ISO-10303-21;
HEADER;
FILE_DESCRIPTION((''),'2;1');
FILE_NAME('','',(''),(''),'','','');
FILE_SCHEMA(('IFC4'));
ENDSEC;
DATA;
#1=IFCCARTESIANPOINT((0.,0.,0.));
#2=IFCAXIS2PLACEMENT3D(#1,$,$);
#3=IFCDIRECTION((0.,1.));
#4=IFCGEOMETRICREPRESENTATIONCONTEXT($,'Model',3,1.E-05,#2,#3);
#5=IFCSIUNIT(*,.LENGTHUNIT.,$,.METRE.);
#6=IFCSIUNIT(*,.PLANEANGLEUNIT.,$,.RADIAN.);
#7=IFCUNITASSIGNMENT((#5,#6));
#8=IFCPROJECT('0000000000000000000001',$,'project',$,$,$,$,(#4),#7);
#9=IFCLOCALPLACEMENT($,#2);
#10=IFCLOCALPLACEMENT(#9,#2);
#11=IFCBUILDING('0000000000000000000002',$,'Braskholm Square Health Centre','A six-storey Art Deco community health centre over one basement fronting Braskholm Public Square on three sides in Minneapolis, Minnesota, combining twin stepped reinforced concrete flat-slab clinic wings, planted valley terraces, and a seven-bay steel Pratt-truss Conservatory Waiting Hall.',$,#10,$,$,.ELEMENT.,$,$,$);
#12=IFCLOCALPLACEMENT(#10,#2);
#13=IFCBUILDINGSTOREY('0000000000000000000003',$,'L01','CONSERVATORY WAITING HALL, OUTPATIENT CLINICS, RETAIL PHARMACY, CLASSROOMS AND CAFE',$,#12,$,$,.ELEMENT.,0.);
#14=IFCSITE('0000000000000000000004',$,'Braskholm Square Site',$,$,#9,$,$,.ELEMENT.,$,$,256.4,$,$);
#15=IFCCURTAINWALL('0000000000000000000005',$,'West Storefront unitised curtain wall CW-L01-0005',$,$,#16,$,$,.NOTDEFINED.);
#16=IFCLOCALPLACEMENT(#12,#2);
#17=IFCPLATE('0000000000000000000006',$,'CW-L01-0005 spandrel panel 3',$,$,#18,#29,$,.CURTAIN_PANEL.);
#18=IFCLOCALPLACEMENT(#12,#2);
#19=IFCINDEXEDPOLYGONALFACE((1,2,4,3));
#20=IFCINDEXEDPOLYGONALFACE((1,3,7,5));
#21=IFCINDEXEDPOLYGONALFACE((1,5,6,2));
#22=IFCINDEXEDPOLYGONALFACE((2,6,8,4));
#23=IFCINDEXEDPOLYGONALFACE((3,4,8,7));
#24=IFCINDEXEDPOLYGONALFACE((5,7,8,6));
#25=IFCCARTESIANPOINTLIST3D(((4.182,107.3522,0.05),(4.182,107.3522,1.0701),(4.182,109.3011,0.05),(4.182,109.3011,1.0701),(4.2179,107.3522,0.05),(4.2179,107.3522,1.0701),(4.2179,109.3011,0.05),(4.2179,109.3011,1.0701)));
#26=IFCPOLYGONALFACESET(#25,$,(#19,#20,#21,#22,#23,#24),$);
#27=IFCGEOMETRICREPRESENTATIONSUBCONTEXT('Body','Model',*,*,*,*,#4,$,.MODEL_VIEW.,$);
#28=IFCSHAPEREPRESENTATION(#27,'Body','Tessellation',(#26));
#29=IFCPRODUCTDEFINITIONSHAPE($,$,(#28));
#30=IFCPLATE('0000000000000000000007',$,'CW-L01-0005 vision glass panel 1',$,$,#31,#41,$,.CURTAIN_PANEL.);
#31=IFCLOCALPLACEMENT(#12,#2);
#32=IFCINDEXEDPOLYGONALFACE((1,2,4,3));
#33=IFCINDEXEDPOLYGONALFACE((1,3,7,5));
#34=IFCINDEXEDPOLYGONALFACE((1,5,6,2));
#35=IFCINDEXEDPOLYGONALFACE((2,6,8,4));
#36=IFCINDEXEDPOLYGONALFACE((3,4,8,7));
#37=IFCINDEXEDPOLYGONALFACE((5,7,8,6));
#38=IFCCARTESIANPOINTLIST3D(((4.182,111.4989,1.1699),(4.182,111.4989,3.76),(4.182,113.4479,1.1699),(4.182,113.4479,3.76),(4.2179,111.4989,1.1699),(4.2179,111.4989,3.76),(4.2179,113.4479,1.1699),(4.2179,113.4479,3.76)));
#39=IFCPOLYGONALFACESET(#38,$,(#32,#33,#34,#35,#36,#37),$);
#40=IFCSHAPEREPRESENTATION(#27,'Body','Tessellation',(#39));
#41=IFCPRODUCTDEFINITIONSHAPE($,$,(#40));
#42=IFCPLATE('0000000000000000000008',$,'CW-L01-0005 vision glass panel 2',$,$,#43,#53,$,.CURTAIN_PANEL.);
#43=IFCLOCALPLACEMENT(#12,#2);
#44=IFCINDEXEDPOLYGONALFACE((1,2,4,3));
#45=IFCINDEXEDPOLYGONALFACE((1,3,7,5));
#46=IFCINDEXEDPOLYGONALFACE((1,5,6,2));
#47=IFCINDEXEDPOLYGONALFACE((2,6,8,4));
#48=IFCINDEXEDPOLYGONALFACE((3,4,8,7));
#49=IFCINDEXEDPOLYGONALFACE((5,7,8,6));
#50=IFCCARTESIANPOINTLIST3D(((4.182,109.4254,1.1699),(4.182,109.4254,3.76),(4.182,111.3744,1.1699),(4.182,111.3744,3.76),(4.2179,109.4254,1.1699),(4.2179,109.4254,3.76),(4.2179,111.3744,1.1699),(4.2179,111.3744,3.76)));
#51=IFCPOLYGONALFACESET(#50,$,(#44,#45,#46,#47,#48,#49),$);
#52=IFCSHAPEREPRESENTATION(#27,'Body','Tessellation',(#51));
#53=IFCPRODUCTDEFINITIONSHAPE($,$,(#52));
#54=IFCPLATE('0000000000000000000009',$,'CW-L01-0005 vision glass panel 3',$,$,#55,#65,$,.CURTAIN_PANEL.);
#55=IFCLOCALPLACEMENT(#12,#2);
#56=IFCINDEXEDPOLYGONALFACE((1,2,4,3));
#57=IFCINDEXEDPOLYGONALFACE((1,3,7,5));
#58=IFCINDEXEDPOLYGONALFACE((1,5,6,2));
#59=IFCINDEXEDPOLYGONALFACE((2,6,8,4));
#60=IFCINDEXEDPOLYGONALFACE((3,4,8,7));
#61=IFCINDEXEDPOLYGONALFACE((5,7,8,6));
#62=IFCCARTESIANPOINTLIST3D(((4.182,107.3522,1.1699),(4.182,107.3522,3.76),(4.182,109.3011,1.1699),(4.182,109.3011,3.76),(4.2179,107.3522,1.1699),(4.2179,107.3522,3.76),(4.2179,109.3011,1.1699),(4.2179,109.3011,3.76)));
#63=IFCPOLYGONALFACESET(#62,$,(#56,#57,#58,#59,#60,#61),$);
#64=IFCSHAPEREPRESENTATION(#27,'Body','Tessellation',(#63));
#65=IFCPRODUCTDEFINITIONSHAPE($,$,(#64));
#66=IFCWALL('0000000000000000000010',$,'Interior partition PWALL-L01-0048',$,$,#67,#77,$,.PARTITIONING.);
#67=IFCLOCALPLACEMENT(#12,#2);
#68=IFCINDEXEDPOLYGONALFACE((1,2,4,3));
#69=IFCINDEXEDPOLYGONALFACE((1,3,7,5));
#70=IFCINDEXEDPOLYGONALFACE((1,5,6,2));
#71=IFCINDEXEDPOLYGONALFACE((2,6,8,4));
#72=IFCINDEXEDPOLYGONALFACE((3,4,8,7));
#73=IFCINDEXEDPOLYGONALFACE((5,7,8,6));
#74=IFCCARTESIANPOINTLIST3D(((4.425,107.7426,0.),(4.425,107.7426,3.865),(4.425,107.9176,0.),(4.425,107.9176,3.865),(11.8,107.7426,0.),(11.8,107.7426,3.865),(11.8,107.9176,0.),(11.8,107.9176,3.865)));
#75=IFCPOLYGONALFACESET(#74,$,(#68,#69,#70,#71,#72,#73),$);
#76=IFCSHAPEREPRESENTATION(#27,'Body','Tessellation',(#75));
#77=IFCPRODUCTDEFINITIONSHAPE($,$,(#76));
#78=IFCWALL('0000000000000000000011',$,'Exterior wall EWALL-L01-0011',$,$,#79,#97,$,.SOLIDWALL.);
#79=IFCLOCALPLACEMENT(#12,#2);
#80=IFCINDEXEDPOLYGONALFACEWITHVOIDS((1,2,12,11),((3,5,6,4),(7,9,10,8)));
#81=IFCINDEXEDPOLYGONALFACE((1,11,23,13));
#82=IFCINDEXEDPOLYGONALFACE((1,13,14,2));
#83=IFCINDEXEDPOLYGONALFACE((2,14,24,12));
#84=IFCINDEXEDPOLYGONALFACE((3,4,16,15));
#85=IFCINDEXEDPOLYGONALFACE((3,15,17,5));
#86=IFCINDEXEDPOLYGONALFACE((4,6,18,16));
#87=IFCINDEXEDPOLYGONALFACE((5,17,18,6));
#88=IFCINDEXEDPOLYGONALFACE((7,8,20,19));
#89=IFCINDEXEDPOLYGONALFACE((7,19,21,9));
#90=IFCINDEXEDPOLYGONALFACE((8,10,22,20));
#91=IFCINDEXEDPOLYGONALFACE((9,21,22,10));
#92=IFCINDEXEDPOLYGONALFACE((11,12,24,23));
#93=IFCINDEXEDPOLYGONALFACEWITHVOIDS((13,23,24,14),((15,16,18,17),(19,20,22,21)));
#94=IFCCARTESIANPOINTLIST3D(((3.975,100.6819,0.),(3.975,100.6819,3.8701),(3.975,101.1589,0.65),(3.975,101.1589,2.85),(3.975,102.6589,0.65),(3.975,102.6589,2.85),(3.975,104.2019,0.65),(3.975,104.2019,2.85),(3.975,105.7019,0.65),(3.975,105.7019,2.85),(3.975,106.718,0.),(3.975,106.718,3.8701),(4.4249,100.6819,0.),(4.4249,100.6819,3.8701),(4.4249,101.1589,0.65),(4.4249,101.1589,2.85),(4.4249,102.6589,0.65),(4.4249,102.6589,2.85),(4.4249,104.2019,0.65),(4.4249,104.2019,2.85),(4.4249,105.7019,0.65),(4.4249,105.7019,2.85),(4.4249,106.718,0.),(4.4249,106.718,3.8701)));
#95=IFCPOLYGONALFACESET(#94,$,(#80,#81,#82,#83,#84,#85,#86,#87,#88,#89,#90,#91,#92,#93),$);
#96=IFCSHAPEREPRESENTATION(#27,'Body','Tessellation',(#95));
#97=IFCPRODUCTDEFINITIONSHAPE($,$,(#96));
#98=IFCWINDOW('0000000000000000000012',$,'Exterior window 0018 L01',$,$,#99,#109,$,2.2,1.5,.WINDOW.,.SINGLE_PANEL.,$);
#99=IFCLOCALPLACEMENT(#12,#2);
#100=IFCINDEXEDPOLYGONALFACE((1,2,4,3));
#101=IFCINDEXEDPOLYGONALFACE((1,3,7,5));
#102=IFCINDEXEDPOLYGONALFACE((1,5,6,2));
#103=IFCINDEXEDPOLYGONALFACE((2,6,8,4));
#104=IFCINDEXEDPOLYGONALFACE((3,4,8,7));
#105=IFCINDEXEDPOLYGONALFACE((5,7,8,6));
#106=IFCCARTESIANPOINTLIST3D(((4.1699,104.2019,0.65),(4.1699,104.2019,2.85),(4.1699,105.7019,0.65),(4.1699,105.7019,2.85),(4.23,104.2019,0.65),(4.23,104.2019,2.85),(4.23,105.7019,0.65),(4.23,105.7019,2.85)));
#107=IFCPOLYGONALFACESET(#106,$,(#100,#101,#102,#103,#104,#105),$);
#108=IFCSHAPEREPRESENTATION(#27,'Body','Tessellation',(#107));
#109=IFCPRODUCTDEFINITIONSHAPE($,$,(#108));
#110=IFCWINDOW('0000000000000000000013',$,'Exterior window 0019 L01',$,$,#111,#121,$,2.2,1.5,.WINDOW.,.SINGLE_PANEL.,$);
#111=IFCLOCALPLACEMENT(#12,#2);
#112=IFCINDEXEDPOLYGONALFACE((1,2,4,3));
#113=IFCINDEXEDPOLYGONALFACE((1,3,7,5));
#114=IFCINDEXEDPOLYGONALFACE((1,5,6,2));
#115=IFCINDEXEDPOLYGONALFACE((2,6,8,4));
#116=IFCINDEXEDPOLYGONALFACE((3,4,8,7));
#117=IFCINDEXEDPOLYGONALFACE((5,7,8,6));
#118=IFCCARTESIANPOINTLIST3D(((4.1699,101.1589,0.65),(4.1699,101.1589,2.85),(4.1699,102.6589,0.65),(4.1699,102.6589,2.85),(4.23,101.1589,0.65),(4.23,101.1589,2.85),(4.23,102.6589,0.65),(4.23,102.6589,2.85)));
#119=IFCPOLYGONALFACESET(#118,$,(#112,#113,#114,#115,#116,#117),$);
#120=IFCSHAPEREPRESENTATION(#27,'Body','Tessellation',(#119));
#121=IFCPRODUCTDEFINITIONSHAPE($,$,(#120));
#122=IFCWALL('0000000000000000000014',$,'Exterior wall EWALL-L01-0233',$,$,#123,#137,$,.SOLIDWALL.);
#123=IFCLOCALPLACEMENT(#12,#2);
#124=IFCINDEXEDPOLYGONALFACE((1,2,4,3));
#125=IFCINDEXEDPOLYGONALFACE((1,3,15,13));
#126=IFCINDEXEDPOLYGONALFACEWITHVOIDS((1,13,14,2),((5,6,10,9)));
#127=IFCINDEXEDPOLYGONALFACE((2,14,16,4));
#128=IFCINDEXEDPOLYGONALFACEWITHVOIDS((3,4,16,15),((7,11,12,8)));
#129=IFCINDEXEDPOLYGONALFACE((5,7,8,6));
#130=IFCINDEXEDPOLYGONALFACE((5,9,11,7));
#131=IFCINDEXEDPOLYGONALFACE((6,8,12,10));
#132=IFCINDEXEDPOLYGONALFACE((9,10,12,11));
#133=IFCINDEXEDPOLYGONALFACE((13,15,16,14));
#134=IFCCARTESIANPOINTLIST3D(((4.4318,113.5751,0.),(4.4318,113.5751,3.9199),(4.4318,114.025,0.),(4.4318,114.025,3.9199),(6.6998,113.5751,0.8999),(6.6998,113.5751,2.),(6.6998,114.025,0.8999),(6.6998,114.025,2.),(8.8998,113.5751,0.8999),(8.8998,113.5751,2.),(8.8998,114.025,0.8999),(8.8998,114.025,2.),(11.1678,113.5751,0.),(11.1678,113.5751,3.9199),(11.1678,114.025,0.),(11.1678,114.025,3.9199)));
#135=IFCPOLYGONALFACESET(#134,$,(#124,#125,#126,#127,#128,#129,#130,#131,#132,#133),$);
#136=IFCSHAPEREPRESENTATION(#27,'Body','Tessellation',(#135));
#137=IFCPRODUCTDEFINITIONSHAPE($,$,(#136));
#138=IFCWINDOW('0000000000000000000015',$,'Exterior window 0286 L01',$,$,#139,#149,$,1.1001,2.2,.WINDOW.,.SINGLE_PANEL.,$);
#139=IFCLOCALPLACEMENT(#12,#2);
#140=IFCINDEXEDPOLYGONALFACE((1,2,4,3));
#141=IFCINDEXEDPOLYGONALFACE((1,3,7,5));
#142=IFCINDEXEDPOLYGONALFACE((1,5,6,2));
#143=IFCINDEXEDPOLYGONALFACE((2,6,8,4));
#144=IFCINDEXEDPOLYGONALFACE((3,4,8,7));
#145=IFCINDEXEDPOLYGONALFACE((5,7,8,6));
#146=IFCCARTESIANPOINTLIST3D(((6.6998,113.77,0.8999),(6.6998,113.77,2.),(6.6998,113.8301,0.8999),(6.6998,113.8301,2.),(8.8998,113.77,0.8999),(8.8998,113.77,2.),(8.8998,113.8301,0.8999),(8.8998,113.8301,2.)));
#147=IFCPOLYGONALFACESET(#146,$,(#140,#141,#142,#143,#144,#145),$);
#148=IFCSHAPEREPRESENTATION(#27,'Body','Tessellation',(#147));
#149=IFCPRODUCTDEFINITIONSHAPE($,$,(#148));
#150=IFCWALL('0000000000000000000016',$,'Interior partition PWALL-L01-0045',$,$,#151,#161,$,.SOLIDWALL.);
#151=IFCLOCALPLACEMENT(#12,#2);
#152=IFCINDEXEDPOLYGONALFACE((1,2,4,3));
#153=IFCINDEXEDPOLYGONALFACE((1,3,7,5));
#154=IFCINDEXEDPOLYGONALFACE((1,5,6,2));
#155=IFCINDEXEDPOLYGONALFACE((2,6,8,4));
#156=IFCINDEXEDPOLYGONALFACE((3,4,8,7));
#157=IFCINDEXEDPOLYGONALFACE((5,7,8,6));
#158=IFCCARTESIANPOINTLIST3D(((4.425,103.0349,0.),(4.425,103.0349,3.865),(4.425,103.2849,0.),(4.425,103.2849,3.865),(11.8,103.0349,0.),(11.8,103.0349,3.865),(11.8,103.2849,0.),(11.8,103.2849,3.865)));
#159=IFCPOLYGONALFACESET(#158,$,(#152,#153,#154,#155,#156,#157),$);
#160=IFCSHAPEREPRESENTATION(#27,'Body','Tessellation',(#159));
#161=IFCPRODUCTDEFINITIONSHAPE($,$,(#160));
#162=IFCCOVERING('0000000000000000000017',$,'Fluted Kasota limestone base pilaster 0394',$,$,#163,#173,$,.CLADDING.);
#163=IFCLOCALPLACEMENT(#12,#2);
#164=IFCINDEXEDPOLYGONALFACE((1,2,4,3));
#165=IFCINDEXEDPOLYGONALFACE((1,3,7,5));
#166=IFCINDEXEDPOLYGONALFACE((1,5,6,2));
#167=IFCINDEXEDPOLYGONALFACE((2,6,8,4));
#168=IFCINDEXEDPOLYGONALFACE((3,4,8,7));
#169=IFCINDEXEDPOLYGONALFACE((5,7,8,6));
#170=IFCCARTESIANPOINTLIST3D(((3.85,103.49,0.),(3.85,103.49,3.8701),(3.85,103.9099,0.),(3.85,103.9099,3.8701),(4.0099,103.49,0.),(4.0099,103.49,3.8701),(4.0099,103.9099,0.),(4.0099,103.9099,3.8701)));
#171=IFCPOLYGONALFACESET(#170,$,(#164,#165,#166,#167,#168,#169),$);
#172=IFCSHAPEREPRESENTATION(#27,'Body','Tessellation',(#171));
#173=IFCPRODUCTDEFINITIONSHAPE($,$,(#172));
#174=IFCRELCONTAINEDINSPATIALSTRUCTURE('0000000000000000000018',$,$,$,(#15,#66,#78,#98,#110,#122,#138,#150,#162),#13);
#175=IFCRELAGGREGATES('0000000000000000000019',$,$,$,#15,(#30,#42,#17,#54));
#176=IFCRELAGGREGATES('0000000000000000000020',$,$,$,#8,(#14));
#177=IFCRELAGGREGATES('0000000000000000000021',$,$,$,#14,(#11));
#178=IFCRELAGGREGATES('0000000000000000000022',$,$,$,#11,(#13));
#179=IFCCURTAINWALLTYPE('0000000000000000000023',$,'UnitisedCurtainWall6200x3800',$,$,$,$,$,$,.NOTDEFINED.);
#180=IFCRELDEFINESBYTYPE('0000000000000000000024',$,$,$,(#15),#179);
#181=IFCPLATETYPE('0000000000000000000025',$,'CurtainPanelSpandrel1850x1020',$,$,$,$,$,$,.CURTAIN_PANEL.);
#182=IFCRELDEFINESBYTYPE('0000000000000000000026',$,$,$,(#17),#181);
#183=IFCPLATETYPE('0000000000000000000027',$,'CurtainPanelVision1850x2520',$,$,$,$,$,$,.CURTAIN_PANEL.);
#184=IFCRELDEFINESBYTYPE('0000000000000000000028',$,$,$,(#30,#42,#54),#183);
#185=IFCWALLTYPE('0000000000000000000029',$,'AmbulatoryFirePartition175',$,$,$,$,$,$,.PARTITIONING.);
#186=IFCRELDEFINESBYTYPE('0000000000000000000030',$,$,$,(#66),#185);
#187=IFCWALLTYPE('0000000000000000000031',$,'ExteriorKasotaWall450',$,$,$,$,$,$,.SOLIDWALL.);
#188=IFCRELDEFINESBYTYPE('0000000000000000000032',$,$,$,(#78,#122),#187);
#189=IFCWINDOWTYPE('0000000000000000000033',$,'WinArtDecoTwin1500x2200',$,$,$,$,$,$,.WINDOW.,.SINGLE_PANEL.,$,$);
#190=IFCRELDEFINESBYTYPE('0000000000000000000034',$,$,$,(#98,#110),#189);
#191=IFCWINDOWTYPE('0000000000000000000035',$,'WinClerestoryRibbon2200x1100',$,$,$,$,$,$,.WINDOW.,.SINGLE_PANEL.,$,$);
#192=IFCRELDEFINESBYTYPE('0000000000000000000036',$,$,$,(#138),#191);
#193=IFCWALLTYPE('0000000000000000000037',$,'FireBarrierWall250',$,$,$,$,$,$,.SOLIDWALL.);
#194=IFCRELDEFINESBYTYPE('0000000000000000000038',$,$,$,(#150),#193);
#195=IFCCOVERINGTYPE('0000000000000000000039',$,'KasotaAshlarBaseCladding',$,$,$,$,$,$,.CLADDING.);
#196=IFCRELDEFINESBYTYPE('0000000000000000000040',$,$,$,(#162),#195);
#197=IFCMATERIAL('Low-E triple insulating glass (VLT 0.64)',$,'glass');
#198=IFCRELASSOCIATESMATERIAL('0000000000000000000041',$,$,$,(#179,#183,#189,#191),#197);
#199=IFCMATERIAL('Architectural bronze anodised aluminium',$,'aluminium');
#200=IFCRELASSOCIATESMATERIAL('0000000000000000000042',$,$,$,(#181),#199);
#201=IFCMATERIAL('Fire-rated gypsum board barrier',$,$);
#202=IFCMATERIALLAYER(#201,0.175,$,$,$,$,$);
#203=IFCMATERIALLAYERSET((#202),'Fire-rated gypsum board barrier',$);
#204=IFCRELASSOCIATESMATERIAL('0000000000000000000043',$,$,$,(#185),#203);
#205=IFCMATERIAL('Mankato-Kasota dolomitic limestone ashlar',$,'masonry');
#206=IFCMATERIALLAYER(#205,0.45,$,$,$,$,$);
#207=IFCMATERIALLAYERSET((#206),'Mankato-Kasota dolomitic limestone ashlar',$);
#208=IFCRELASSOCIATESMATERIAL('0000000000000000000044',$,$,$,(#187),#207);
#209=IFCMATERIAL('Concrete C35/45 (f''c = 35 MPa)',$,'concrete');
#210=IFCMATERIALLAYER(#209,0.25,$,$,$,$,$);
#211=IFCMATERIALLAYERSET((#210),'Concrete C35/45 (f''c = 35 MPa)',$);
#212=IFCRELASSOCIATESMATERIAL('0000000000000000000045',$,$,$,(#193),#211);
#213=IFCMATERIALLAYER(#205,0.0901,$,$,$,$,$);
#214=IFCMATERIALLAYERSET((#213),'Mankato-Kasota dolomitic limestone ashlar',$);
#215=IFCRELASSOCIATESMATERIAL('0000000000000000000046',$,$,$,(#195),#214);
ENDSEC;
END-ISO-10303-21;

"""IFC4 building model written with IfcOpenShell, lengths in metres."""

from ifc_helpers import new_model, si_unit, direction, frame, frame_2d, origin, origin_with_axes, origin_2d, place, context, subcontext, project, spatial, rectangle, extrude, material, layer, layer_set, type_object, element, fill, aggregate, save


model = new_model("IFC4")

# Units and contexts
model_context = context("Model", 3, precision=1e-05, world=origin(), true_north=direction((0.0, 1.0)))
body_context = subcontext(model_context, "Body", "Model", "MODEL_VIEW")
ifc_project = project(units=[si_unit("LENGTHUNIT", "METRE"), si_unit("PLANEANGLEUNIT", "RADIAN")], contexts=[model_context])

# Site, building, storey
site_placement = place(None, origin())
site = spatial("IfcSite", under=ifc_project, at=site_placement, Name="Braskholm Square Site", CompositionType="ELEMENT", RefElevation=256.4)
building_placement = place(site_placement, origin())
building = spatial("IfcBuilding", under=site, at=building_placement, Name="Braskholm Square Health Centre", Description="A six-storey Art Deco community health centre over one basement fronting Braskholm Public Square on three sides in Minneapolis, Minnesota, combining twin stepped reinforced concrete flat-slab clinic wings, planted valley terraces, and a seven-bay steel Pratt-truss Conservatory Waiting Hall.", CompositionType="ELEMENT")
storey_placement = place(building_placement, origin())
storey = spatial("IfcBuildingStorey", under=building, at=storey_placement, Name="L01", Description="CONSERVATORY WAITING HALL, OUTPATIENT CLINICS, RETAIL PHARMACY, CLASSROOMS AND CAFE", CompositionType="ELEMENT", Elevation=0.0)

# Curtain wall
ifc_material_1 = material(Name="Low-E triple insulating glass (VLT 0.64)", Category="glass")
curtain_wall_type = type_object("IfcCurtainWallType", Name="UnitisedCurtainWall6200x3800", PredefinedType="NOTDEFINED", material=ifc_material_1)
curtain_wall_placement = place(storey_placement, origin())
curtain_wall = element("IfcCurtainWall", 1, at=curtain_wall_placement, inside=storey, type_object=curtain_wall_type, Name="West Storefront unitised curtain wall CW-L01-0005", PredefinedType="NOTDEFINED")
ifc_material_2 = material(Name="Architectural bronze anodised aluminium", Category="aluminium")

# Plates
plate_type_1 = type_object("IfcPlateType", Name="CurtainPanelSpandrel1850x1020", PredefinedType="CURTAIN_PANEL", material=ifc_material_2)
plate_1_placement = place(storey_placement, frame((4.2, 108.3267, 0.05), z_axis=(0.0, 0.0, 1.0), x_axis=(0.0, -1.0, 0.0)))
plate_1 = element("IfcPlate", 2, at=plate_1_placement, type_object=plate_type_1, Name="CW-L01-0005 spandrel panel 3", PredefinedType="CURTAIN_PANEL", context=body_context, shape_type="SweptSolid", body=[
    extrude(rectangle(XDim=1.949, YDim=0.0359, at=origin_2d()), origin(), (0.0, 0.0, 1.0), 1.02),
])
plate_type_2 = type_object("IfcPlateType", Name="CurtainPanelVision1850x2520", PredefinedType="CURTAIN_PANEL", material=ifc_material_1)
plate_2_placement = place(storey_placement, frame((4.2, 112.4734, 1.1699), z_axis=(0.0, 0.0, 1.0), x_axis=(0.0, -1.0, 0.0)))
plate_2 = element("IfcPlate", 3, at=plate_2_placement, type_object=plate_type_2, Name="CW-L01-0005 vision glass panel 1", PredefinedType="CURTAIN_PANEL", context=body_context, shape_type="SweptSolid", body=[
    extrude(rectangle(XDim=1.949, YDim=0.0359, at=origin_2d()), origin(), (0.0, 0.0, 1.0), 2.5901),
])
plate_3_placement = place(storey_placement, frame((4.2, 110.3999, 1.1699), z_axis=(0.0, 0.0, 1.0), x_axis=(0.0, -1.0, 0.0)))
plate_3 = element("IfcPlate", 4, at=plate_3_placement, type_object=plate_type_2, Name="CW-L01-0005 vision glass panel 2", PredefinedType="CURTAIN_PANEL", context=body_context, shape_type="SweptSolid", body=[
    extrude(rectangle(XDim=1.949, YDim=0.0359, at=origin_2d()), origin(), (0.0, 0.0, 1.0), 2.5901),
])
plate_4_placement = place(storey_placement, frame((4.2, 108.3267, 1.1699), z_axis=(0.0, 0.0, 1.0), x_axis=(0.0, -1.0, 0.0)))
plate_4 = element("IfcPlate", 5, at=plate_4_placement, type_object=plate_type_2, Name="CW-L01-0005 vision glass panel 3", PredefinedType="CURTAIN_PANEL", context=body_context, shape_type="SweptSolid", body=[
    extrude(rectangle(XDim=1.949, YDim=0.0359, at=origin_2d()), origin(), (0.0, 0.0, 1.0), 2.5901),
])
aggregate(curtain_wall, [plate_2, plate_3, plate_1, plate_4])

# Wall
ifc_material_3 = material(Name="Fire-rated gypsum board barrier")
ifc_layer_1 = layer(ifc_material_3, 0.175)
ifc_layer_set_1 = layer_set([ifc_layer_1], Name="Fire-rated gypsum board barrier")
wall_type_1 = type_object("IfcWallType", Name="AmbulatoryFirePartition175", PredefinedType="PARTITIONING", material=ifc_layer_set_1)
wall_1_placement = place(storey_placement, frame((4.425, 107.8301, 0.0), z_axis=(0.0, 0.0, 1.0), x_axis=(1.0, 0.0, 0.0)))
element("IfcWall", 6, at=wall_1_placement, inside=storey, type_object=wall_type_1, Name="Interior partition PWALL-L01-0048", PredefinedType="PARTITIONING", context=body_context, shape_type="SweptSolid", body=[
    extrude(rectangle(XDim=7.375, YDim=0.175, at=frame_2d((3.6875, 0.0))), origin(), (0.0, 0.0, 1.0), 3.865),
])

# Wall, openings, windows
ifc_material_4 = material(Name="Mankato-Kasota dolomitic limestone ashlar", Category="masonry")
ifc_layer_2 = layer(ifc_material_4, 0.45)
ifc_layer_set_2 = layer_set([ifc_layer_2], Name="Mankato-Kasota dolomitic limestone ashlar")
wall_type_2 = type_object("IfcWallType", Name="ExteriorKasotaWall450", PredefinedType="SOLIDWALL", material=ifc_layer_set_2)
wall_2_placement = place(storey_placement, frame((4.2, 106.718, 0.0), z_axis=(0.0, 0.0, 1.0), x_axis=(0.0, -1.0, 0.0)))
wall_2 = element("IfcWall", 7, at=wall_2_placement, inside=storey, type_object=wall_type_2, Name="Exterior wall EWALL-L01-0011", PredefinedType="SOLIDWALL", context=body_context, shape_type="SweptSolid", body=[
    extrude(rectangle(XDim=6.0361, YDim=0.45, at=frame_2d((3.0181, 0.0))), origin(), (0.0, 0.0, 1.0), 3.8701),
])
opening_1_placement = place(wall_2_placement, frame((1.0161, 0.0, 0.6499)))
opening_1 = element("IfcOpeningElement", 8, at=opening_1_placement, cuts=wall_2, PredefinedType="OPENING", context=body_context, shape_type="SweptSolid", body=[
    extrude(rectangle(XDim=1.5, YDim=2.2, at=frame_2d((0.75, 1.1001))), frame((0.0, 0.2349, 0.0), z_axis=(0.0, -1.0, 0.0), x_axis=(1.0, 0.0, 0.0)), (0.0, 0.0, 1.0), 0.47),
])
opening_2_placement = place(wall_2_placement, frame((4.0591, 0.0, 0.6499)))
opening_2 = element("IfcOpeningElement", 9, at=opening_2_placement, cuts=wall_2, PredefinedType="OPENING", context=body_context, shape_type="SweptSolid", body=[
    extrude(rectangle(XDim=1.5, YDim=2.2, at=frame_2d((0.75, 1.1001))), frame((0.0, 0.2349, 0.0), z_axis=(0.0, -1.0, 0.0), x_axis=(1.0, 0.0, 0.0)), (0.0, 0.0, 1.0), 0.47),
])
window_type_1 = type_object("IfcWindowType", Name="WinArtDecoTwin1500x2200", PartitioningType="SINGLE_PANEL", PredefinedType="WINDOW", material=ifc_material_1)
window_1_placement = place(opening_1_placement, origin_with_axes())
window_1 = element("IfcWindow", 10, at=window_1_placement, inside=storey, type_object=window_type_1, Name="Exterior window 0018 L01", OverallHeight=2.2, OverallWidth=1.5, PartitioningType="SINGLE_PANEL", PredefinedType="WINDOW", context=body_context, shape_type="SweptSolid", body=[
    extrude(rectangle(XDim=1.5, YDim=2.2, at=frame_2d((0.75, 1.1001))), frame((0.0, 0.03, 0.0), z_axis=(0.0, -1.0, 0.0), x_axis=(1.0, 0.0, 0.0)), (0.0, 0.0, 1.0), 0.0601),
])
fill(opening_1, window_1)
window_2_placement = place(opening_2_placement, origin_with_axes())
window_2 = element("IfcWindow", 11, at=window_2_placement, inside=storey, type_object=window_type_1, Name="Exterior window 0019 L01", OverallHeight=2.2, OverallWidth=1.5, PartitioningType="SINGLE_PANEL", PredefinedType="WINDOW", context=body_context, shape_type="SweptSolid", body=[
    extrude(rectangle(XDim=1.5, YDim=2.2, at=frame_2d((0.75, 1.1001))), frame((0.0, 0.03, 0.0), z_axis=(0.0, -1.0, 0.0), x_axis=(1.0, 0.0, 0.0)), (0.0, 0.0, 1.0), 0.0601),
])
fill(opening_2, window_2)

# Wall, opening, window
wall_3_placement = place(storey_placement, frame((11.168, 113.8, 0.0), z_axis=(0.0, 0.0, 1.0), x_axis=(-1.0, 0.0, 0.0)))
wall_3 = element("IfcWall", 12, at=wall_3_placement, inside=storey, type_object=wall_type_2, Name="Exterior wall EWALL-L01-0233", PredefinedType="SOLIDWALL", context=body_context, shape_type="SweptSolid", body=[
    extrude(rectangle(XDim=6.7361, YDim=0.45, at=frame_2d((3.3682, 0.0))), origin(), (0.0, 0.0, 1.0), 3.9199),
])
opening_3_placement = place(wall_3_placement, frame((2.2681, 0.0, 0.8999)))
opening_3 = element("IfcOpeningElement", 13, at=opening_3_placement, cuts=wall_3, PredefinedType="OPENING", context=body_context, shape_type="SweptSolid", body=[
    extrude(rectangle(XDim=2.2, YDim=1.1001, at=frame_2d((1.1001, 0.55))), frame((0.0, 0.2349, 0.0), z_axis=(0.0, -1.0, 0.0), x_axis=(1.0, 0.0, 0.0)), (0.0, 0.0, 1.0), 0.47),
])
window_type_2 = type_object("IfcWindowType", Name="WinClerestoryRibbon2200x1100", PartitioningType="SINGLE_PANEL", PredefinedType="WINDOW", material=ifc_material_1)
window_3_placement = place(opening_3_placement, origin_with_axes())
window_3 = element("IfcWindow", 14, at=window_3_placement, inside=storey, type_object=window_type_2, Name="Exterior window 0286 L01", OverallHeight=1.1001, OverallWidth=2.2, PartitioningType="SINGLE_PANEL", PredefinedType="WINDOW", context=body_context, shape_type="SweptSolid", body=[
    extrude(rectangle(XDim=2.2, YDim=1.1001, at=frame_2d((1.1001, 0.55))), frame((0.0, 0.03, 0.0), z_axis=(0.0, -1.0, 0.0), x_axis=(1.0, 0.0, 0.0)), (0.0, 0.0, 1.0), 0.0601),
])
fill(opening_3, window_3)

# Wall
ifc_material_5 = material(Name="Concrete C35/45 (f'c = 35 MPa)", Category="concrete")
ifc_layer_3 = layer(ifc_material_5, 0.25)
ifc_layer_set_3 = layer_set([ifc_layer_3], Name="Concrete C35/45 (f'c = 35 MPa)")
wall_type_3 = type_object("IfcWallType", Name="FireBarrierWall250", PredefinedType="SOLIDWALL", material=ifc_layer_set_3)
wall_4_placement = place(storey_placement, frame((4.425, 103.1599, 0.0), z_axis=(0.0, 0.0, 1.0), x_axis=(1.0, 0.0, 0.0)))
element("IfcWall", 15, at=wall_4_placement, inside=storey, type_object=wall_type_3, Name="Interior partition PWALL-L01-0045", PredefinedType="SOLIDWALL", context=body_context, shape_type="SweptSolid", body=[
    extrude(rectangle(XDim=7.375, YDim=0.25, at=frame_2d((3.6875, 0.0))), origin(), (0.0, 0.0, 1.0), 3.865),
])

# Covering
ifc_layer_4 = layer(ifc_material_4, 0.0901)
ifc_layer_set_4 = layer_set([ifc_layer_4], Name="Mankato-Kasota dolomitic limestone ashlar")
covering_type_1 = type_object("IfcCoveringType", Name="KasotaAshlarBaseCladding", PredefinedType="CLADDING", material=ifc_layer_set_4)
for number, where, z_axis, x_axis, name in (
    (16, (3.9299, 103.7, 0.0), (0.0, 0.0, 1.0), (1.0, 0.0, 0.0), "Fluted Kasota limestone base pilaster 0394"),
):
    element("IfcCovering", number, at=place(storey_placement, frame(where, z_axis=z_axis, x_axis=x_axis)), inside=storey, type_object=covering_type_1, Name=name, PredefinedType="CLADDING", context=body_context, shape_type="SweptSolid", body=[
        extrude(rectangle(XDim=0.1599, YDim=0.4199, at=origin_2d()), origin(), (0.0, 0.0, 1.0), 3.8701),
    ])

save(model, "model.ifc")
